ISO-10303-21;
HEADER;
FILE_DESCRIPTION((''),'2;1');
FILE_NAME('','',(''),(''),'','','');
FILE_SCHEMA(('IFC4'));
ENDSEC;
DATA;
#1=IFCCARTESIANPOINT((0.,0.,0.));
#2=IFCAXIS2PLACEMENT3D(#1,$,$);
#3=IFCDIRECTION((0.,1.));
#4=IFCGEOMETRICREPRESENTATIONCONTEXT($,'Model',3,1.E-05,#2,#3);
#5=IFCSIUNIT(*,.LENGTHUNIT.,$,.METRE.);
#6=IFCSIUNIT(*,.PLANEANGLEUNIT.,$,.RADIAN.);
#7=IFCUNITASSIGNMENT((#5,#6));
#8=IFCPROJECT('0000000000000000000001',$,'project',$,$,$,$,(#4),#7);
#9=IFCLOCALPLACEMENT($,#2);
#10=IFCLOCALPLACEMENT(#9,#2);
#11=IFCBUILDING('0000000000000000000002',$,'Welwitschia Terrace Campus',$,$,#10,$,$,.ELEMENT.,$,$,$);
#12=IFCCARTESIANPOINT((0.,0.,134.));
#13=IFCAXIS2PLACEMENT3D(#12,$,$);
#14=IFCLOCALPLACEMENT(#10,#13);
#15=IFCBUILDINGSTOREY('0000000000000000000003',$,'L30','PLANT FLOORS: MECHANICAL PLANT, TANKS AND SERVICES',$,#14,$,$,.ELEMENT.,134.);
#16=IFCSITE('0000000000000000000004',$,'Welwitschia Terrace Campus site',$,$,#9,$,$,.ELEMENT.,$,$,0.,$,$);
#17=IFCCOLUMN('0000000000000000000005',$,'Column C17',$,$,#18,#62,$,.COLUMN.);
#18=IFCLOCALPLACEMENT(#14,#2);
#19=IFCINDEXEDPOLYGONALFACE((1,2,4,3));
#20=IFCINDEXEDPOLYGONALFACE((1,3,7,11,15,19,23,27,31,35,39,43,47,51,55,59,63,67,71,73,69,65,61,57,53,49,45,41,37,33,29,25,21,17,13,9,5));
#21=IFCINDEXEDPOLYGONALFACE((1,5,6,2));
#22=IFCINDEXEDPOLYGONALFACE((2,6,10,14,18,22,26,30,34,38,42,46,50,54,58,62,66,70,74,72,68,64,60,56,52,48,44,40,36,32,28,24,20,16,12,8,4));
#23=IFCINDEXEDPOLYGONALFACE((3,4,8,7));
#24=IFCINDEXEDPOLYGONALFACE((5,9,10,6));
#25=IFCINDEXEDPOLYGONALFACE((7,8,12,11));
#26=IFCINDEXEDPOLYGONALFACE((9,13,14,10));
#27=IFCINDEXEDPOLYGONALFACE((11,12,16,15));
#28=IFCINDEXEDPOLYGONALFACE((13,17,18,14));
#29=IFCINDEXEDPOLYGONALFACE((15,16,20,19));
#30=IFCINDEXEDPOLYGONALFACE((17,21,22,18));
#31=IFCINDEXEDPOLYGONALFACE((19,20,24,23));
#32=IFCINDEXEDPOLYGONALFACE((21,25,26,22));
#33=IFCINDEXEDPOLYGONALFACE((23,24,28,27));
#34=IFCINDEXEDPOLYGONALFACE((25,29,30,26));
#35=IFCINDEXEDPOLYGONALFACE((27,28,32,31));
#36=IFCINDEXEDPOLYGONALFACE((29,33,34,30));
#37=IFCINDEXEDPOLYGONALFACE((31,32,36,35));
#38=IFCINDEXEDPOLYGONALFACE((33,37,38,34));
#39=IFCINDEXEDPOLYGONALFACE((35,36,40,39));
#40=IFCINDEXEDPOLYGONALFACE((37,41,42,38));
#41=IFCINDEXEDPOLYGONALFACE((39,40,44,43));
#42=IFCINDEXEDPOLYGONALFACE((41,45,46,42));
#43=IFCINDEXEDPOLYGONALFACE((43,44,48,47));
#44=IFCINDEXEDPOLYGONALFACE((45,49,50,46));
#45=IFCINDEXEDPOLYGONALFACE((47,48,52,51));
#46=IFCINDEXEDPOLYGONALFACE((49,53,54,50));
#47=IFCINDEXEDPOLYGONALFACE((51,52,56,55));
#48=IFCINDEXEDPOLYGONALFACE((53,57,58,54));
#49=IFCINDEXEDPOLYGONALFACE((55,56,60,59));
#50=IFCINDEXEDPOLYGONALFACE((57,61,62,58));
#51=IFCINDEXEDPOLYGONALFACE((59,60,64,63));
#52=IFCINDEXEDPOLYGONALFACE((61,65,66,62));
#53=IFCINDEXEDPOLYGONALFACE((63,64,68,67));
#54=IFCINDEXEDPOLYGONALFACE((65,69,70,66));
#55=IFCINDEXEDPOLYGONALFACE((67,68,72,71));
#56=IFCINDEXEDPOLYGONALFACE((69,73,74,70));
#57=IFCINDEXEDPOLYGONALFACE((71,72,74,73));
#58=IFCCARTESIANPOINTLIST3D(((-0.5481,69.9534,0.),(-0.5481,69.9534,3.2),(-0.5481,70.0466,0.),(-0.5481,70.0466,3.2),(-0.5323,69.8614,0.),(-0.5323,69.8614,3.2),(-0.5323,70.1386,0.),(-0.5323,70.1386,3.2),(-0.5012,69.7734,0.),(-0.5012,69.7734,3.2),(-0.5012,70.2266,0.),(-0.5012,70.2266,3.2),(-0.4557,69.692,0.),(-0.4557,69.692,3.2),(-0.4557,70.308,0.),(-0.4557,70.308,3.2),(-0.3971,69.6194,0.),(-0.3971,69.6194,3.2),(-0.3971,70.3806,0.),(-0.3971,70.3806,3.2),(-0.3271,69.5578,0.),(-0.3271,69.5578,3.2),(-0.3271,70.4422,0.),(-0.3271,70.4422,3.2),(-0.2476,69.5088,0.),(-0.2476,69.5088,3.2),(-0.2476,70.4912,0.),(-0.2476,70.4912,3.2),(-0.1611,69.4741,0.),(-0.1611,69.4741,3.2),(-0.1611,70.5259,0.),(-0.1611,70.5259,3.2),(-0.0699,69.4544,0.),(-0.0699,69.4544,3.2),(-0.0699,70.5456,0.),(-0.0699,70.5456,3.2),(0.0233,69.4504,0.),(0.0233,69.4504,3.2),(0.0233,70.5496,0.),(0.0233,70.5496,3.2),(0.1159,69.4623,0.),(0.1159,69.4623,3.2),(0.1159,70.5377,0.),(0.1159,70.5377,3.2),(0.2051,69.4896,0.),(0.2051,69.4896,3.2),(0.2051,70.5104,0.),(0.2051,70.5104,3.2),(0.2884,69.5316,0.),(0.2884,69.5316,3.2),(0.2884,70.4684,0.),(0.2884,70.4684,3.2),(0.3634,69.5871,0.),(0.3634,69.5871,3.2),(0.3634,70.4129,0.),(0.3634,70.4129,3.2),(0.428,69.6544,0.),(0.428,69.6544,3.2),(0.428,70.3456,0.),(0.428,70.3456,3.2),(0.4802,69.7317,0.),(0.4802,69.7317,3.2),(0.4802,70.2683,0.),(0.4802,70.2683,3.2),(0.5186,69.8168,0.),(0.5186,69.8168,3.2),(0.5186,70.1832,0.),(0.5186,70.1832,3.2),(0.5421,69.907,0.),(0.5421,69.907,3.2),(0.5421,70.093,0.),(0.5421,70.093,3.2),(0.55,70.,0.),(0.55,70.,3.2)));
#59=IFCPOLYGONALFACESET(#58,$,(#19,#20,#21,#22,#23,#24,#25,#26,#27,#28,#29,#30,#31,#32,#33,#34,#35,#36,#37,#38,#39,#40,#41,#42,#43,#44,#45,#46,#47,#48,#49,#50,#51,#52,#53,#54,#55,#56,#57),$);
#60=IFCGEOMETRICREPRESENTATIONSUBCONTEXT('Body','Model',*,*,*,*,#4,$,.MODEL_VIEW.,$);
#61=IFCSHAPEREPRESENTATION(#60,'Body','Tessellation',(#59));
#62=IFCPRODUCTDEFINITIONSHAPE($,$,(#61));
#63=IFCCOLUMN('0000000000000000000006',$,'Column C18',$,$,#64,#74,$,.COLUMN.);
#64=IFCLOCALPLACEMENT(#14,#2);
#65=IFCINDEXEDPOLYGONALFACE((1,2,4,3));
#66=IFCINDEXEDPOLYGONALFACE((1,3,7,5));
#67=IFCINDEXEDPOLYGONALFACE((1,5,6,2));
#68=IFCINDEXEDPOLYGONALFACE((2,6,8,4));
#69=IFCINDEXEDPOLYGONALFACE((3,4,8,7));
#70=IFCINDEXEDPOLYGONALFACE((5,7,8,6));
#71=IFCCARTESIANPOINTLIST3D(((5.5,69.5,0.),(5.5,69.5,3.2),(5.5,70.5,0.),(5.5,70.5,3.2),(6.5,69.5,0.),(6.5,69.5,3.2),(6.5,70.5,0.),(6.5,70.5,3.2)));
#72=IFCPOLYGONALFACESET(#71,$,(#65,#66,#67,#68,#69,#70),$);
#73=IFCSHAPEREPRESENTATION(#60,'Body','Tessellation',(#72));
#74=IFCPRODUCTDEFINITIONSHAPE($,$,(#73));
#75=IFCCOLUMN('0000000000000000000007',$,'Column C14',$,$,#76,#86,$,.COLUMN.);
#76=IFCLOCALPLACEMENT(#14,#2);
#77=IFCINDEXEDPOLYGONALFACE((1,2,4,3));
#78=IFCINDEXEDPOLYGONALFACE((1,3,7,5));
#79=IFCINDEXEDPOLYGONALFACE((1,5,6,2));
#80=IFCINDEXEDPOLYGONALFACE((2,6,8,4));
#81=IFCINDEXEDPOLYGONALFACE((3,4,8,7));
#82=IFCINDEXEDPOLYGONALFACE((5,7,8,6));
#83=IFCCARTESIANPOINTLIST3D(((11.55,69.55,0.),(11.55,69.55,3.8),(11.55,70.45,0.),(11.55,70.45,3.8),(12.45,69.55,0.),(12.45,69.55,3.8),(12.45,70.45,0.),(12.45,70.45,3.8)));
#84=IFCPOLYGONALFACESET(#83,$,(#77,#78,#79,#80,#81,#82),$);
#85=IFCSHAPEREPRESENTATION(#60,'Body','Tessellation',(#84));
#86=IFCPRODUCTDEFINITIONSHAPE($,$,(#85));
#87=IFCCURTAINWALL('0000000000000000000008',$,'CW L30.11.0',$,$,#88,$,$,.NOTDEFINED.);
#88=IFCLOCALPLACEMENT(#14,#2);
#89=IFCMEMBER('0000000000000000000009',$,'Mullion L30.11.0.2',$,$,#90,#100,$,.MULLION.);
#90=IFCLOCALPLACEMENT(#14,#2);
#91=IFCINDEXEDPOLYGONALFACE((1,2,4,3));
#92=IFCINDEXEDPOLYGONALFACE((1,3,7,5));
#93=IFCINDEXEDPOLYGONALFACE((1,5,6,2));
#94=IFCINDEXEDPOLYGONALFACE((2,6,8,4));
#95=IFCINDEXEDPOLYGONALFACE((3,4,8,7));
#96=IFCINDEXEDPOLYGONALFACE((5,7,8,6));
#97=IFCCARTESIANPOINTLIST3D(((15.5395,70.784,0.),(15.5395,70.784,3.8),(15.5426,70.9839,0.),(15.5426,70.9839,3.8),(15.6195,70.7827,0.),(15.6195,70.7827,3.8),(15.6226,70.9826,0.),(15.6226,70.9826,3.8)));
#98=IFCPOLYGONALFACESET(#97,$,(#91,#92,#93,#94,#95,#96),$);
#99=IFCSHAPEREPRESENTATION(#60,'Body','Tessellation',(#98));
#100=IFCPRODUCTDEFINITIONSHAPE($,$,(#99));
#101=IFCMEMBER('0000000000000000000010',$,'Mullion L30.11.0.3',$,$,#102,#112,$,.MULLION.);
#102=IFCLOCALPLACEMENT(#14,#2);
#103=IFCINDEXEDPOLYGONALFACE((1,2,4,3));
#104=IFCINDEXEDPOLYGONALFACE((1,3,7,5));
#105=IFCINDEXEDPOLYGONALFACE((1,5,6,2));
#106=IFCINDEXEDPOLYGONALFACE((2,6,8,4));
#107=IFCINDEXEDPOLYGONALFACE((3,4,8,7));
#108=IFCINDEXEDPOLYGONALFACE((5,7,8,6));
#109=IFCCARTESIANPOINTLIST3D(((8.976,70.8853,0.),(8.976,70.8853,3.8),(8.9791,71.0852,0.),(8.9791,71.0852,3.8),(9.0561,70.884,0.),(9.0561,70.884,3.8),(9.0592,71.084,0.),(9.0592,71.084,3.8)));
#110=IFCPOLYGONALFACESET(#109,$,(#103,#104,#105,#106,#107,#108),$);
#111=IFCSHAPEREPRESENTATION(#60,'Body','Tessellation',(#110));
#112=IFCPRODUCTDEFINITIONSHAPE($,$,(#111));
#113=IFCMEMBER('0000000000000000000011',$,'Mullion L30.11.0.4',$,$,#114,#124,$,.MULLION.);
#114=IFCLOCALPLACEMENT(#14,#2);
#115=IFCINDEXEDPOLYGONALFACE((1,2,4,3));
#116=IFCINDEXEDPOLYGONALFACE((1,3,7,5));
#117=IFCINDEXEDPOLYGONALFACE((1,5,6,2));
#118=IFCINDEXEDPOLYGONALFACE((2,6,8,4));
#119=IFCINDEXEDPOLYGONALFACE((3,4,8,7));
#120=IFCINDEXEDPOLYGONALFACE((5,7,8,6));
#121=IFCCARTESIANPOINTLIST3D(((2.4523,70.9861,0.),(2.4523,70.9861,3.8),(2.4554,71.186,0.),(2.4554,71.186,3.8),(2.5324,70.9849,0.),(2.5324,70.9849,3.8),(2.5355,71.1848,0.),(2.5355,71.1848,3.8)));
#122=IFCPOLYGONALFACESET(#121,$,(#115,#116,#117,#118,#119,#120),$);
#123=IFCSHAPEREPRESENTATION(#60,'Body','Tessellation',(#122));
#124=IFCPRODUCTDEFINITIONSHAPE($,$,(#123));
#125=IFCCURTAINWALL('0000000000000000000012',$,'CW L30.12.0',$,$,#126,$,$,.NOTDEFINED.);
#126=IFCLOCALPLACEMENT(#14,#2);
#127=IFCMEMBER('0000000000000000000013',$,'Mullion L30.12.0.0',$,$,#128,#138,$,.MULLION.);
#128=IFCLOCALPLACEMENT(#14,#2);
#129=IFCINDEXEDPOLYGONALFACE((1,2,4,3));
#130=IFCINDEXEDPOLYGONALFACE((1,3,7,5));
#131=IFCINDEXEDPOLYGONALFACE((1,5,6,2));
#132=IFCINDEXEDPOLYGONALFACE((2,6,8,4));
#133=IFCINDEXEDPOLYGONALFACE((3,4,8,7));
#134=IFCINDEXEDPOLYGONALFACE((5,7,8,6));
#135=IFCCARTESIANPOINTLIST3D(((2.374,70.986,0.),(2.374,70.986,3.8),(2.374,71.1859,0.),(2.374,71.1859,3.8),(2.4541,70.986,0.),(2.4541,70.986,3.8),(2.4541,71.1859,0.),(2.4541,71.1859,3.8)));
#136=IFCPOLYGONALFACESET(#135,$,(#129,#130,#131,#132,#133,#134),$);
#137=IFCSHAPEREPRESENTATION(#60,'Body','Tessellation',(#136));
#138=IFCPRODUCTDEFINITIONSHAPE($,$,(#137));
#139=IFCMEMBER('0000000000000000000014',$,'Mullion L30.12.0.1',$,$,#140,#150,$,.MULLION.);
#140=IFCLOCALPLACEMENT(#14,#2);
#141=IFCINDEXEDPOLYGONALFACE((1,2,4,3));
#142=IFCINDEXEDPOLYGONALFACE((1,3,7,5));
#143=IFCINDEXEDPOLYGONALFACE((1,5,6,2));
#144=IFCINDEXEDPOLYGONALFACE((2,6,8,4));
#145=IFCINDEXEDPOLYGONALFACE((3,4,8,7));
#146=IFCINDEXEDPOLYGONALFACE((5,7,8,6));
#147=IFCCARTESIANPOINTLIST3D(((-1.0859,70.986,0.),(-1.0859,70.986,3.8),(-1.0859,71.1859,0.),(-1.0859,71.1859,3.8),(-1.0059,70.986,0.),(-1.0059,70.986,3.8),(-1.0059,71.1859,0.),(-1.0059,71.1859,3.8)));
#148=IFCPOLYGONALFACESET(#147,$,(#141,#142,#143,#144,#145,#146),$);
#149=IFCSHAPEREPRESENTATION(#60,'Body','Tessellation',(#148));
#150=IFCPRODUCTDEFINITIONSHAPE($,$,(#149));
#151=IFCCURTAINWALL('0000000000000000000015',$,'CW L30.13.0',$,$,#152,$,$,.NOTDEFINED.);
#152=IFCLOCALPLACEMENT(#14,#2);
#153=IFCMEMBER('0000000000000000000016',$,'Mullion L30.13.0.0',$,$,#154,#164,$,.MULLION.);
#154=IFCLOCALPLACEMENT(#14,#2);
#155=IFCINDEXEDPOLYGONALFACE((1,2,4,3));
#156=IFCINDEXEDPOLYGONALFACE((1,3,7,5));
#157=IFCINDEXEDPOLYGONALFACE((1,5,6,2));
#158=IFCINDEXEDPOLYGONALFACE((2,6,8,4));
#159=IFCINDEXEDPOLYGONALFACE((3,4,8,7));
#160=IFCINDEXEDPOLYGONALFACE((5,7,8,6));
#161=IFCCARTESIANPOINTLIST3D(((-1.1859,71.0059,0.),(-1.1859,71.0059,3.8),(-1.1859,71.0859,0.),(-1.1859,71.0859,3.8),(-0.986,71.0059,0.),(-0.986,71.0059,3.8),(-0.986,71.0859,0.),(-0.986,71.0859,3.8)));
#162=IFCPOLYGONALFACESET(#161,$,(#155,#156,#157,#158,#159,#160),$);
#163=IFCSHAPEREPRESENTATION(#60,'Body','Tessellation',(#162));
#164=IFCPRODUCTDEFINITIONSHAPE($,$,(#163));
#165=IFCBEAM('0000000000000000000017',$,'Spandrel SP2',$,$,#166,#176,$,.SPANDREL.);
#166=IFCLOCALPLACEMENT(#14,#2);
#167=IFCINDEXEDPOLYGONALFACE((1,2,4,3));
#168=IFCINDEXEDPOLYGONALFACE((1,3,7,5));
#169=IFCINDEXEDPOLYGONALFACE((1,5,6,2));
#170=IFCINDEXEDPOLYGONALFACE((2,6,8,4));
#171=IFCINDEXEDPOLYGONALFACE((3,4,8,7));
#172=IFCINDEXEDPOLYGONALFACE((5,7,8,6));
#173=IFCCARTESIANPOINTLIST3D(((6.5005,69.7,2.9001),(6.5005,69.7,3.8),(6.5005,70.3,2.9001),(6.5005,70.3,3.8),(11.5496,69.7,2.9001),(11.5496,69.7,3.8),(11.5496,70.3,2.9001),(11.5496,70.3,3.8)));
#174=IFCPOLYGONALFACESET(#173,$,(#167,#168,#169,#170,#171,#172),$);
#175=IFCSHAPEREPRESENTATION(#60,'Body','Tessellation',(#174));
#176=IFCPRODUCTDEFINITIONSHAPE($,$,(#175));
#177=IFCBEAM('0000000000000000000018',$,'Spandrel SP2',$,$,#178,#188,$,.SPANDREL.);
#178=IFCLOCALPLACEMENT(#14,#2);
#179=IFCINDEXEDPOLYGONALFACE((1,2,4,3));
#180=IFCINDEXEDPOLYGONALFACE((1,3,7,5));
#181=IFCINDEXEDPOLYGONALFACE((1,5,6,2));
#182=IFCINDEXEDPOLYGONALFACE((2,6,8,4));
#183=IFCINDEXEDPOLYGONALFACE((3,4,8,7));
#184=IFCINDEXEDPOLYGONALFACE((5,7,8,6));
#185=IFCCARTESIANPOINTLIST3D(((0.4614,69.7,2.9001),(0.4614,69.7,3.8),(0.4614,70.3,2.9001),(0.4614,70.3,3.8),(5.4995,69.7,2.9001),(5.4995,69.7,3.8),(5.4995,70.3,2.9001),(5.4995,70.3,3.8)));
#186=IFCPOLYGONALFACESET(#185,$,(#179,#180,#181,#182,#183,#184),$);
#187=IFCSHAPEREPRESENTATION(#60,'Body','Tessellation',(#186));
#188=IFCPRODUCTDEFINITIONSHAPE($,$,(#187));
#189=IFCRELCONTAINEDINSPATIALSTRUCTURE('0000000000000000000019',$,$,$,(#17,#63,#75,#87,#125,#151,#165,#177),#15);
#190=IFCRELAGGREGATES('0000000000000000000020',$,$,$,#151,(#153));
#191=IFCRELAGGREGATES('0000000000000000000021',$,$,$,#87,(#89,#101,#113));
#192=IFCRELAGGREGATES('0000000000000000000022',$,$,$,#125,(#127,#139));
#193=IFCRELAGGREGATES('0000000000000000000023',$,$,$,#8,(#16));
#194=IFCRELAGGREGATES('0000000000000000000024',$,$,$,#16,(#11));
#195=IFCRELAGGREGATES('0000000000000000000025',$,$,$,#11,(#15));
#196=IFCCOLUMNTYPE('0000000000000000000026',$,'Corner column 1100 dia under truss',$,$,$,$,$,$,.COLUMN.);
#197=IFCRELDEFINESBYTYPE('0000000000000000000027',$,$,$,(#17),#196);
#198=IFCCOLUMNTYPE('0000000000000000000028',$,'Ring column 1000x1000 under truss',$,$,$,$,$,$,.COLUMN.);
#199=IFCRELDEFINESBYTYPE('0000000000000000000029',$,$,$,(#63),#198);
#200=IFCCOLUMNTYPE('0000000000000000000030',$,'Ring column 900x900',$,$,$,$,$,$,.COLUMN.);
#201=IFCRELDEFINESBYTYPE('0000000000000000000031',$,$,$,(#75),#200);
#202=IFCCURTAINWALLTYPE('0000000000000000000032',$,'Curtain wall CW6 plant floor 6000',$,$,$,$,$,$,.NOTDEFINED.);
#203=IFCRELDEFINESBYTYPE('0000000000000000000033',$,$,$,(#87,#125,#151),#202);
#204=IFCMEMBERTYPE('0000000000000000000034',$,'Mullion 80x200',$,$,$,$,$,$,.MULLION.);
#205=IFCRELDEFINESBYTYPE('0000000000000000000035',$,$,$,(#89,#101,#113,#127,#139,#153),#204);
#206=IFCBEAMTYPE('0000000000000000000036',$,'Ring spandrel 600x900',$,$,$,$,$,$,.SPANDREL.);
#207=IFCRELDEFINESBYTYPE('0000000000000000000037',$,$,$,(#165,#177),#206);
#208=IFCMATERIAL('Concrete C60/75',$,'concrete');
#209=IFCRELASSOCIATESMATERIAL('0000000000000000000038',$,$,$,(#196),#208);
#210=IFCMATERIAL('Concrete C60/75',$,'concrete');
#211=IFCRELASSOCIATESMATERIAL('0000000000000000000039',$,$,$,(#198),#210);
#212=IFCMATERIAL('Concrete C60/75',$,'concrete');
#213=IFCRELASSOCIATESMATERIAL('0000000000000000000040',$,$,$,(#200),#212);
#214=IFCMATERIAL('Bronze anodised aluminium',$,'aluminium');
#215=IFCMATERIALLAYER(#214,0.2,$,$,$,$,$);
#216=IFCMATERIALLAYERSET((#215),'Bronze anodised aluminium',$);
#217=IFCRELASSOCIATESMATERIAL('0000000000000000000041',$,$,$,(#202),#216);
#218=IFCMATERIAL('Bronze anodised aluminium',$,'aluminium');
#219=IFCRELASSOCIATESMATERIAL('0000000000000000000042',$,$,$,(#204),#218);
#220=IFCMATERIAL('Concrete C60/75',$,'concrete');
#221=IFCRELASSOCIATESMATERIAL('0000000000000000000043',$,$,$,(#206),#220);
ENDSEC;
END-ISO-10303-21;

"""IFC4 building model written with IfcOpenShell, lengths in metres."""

from ifc_helpers import new_model, si_unit, direction, frame, origin, origin_2d, place, context, subcontext, project, spatial, rectangle, circle, extrude, material, layer, layer_set, material_profile, profile_set, type_object, element, aggregate, save


model = new_model("IFC4")

# Units and contexts
model_context = context("Model", 3, precision=1e-05, world=origin(), true_north=direction((0.0, 1.0)))
body_context = subcontext(model_context, "Body", "Model", "MODEL_VIEW")
ifc_project = project(units=[si_unit("LENGTHUNIT", "METRE"), si_unit("PLANEANGLEUNIT", "RADIAN")], contexts=[model_context])

# Site, building, storey
site_placement = place(None, origin())
site = spatial("IfcSite", under=ifc_project, at=site_placement, Name="Welwitschia Terrace Campus site", CompositionType="ELEMENT", RefElevation=0.0)
building_placement = place(site_placement, origin())
building = spatial("IfcBuilding", under=site, at=building_placement, Name="Welwitschia Terrace Campus", CompositionType="ELEMENT")
storey_placement = place(building_placement, frame((0.0, 0.0, 134.0)))
storey = spatial("IfcBuildingStorey", under=building, at=storey_placement, Name="L30", Description="PLANT FLOORS: MECHANICAL PLANT, TANKS AND SERVICES", CompositionType="ELEMENT", Elevation=134.0)

# Columns
ifc_material_1 = material(Name="Concrete C60/75", Category="concrete")
ifc_material_profile_1 = material_profile(ifc_material_1, circle(Radius=0.55, at=origin_2d()))
ifc_profile_set_1 = profile_set([ifc_material_profile_1], Name="Concrete C60/75")
column_type_1 = type_object("IfcColumnType", Name="Corner column 1100 dia under truss", PredefinedType="COLUMN", material=ifc_profile_set_1)
column_1_placement = place(storey_placement, frame((0.0, 70.0, 0.0), z_axis=(0.0, 0.0, 1.0), x_axis=(1.0, 0.0, 0.0)))
element("IfcColumn", 1, at=column_1_placement, inside=storey, type_object=column_type_1, Name="Column C17", PredefinedType="COLUMN", context=body_context, shape_type="SweptSolid", body=[
    extrude(circle(Radius=0.55, at=origin_2d()), origin(), (0.0, 0.0, 1.0), 3.2),
])
ifc_material_2 = material(Name="Concrete C60/75", Category="concrete")
ifc_material_profile_2 = material_profile(ifc_material_2, rectangle(XDim=1.0, YDim=1.0, at=origin_2d()))
ifc_profile_set_2 = profile_set([ifc_material_profile_2], Name="Concrete C60/75")
column_type_2 = type_object("IfcColumnType", Name="Ring column 1000x1000 under truss", PredefinedType="COLUMN", material=ifc_profile_set_2)
column_2_placement = place(storey_placement, frame((6.0, 70.0, 0.0), z_axis=(0.0, 0.0, 1.0), x_axis=(1.0, 0.0, 0.0)))
element("IfcColumn", 2, at=column_2_placement, inside=storey, type_object=column_type_2, Name="Column C18", PredefinedType="COLUMN", context=body_context, shape_type="SweptSolid", body=[
    extrude(rectangle(XDim=1.0, YDim=1.0, at=origin_2d()), origin(), (0.0, 0.0, 1.0), 3.2),
])
ifc_material_3 = material(Name="Concrete C60/75", Category="concrete")
ifc_material_profile_3 = material_profile(ifc_material_3, rectangle(XDim=0.8999, YDim=0.8999, at=origin_2d()))
ifc_profile_set_3 = profile_set([ifc_material_profile_3], Name="Concrete C60/75")
column_type_3 = type_object("IfcColumnType", Name="Ring column 900x900", PredefinedType="COLUMN", material=ifc_profile_set_3)
column_3_placement = place(storey_placement, frame((12.0, 70.0, 0.0), z_axis=(0.0, 0.0, 1.0), x_axis=(1.0, 0.0, 0.0)))
element("IfcColumn", 3, at=column_3_placement, inside=storey, type_object=column_type_3, Name="Column C14", PredefinedType="COLUMN", context=body_context, shape_type="SweptSolid", body=[
    extrude(rectangle(XDim=0.8999, YDim=0.8999, at=origin_2d()), origin(), (0.0, 0.0, 1.0), 3.8),
])

# Curtain walls, members
ifc_material_4 = material(Name="Bronze anodised aluminium", Category="aluminium")
ifc_layer_1 = layer(ifc_material_4, 0.2)
ifc_layer_set_1 = layer_set([ifc_layer_1], Name="Bronze anodised aluminium")
curtain_wall_type = type_object("IfcCurtainWallType", Name="Curtain wall CW6 plant floor 6000", PredefinedType="NOTDEFINED", material=ifc_layer_set_1)
curtain_wall_1_placement = place(storey_placement, origin())
curtain_wall_1 = element("IfcCurtainWall", 4, at=curtain_wall_1_placement, inside=storey, type_object=curtain_wall_type, Name="CW L30.11.0", PredefinedType="NOTDEFINED")
ifc_material_5 = material(Name="Bronze anodised aluminium", Category="aluminium")
ifc_material_profile_4 = material_profile(ifc_material_5, rectangle(XDim=0.2, YDim=0.0801, at=origin_2d()))
ifc_profile_set_4 = profile_set([ifc_material_profile_4], Name="Bronze anodised aluminium")
member_type_1 = type_object("IfcMemberType", Name="Mullion 80x200", PredefinedType="MULLION", material=ifc_profile_set_4)
member_1_placement = place(storey_placement, frame((15.5811, 70.8833, 0.0), z_axis=(0.0, 0.0, 1.0), x_axis=(-0.015433, -0.999881, 0.0)))
member_1 = element("IfcMember", 5, at=member_1_placement, type_object=member_type_1, Name="Mullion L30.11.0.2", PredefinedType="MULLION", context=body_context, shape_type="SweptSolid", body=[
    extrude(rectangle(XDim=0.2, YDim=0.0801, at=origin_2d()), origin(), (0.0, 0.0, 1.0), 3.8),
])
member_2_placement = place(storey_placement, frame((9.0176, 70.9846, 0.0), z_axis=(0.0, 0.0, 1.0), x_axis=(-0.015433, -0.999881, 0.0)))
member_2 = element("IfcMember", 6, at=member_2_placement, type_object=member_type_1, Name="Mullion L30.11.0.3", PredefinedType="MULLION", context=body_context, shape_type="SweptSolid", body=[
    extrude(rectangle(XDim=0.2, YDim=0.0801, at=origin_2d()), origin(), (0.0, 0.0, 1.0), 3.8),
])
member_3_placement = place(storey_placement, frame((2.4939, 71.0854, 0.0), z_axis=(0.0, 0.0, 1.0), x_axis=(-0.015433, -0.999881, 0.0)))
member_3 = element("IfcMember", 7, at=member_3_placement, type_object=member_type_1, Name="Mullion L30.11.0.4", PredefinedType="MULLION", context=body_context, shape_type="SweptSolid", body=[
    extrude(rectangle(XDim=0.2, YDim=0.0801, at=origin_2d()), origin(), (0.0, 0.0, 1.0), 3.8),
])
curtain_wall_2_placement = place(storey_placement, origin())
curtain_wall_2 = element("IfcCurtainWall", 8, at=curtain_wall_2_placement, inside=storey, type_object=curtain_wall_type, Name="CW L30.12.0", PredefinedType="NOTDEFINED")
member_4_placement = place(storey_placement, frame((2.4141, 71.0859, 0.0), z_axis=(0.0, 0.0, 1.0), x_axis=(0.0, -1.0, 0.0)))
member_4 = element("IfcMember", 9, at=member_4_placement, type_object=member_type_1, Name="Mullion L30.12.0.0", PredefinedType="MULLION", context=body_context, shape_type="SweptSolid", body=[
    extrude(rectangle(XDim=0.2, YDim=0.0801, at=origin_2d()), origin(), (0.0, 0.0, 1.0), 3.8),
])
member_5_placement = place(storey_placement, frame((-1.0459, 71.0859, 0.0), z_axis=(0.0, 0.0, 1.0), x_axis=(0.0, -1.0, 0.0)))
member_5 = element("IfcMember", 10, at=member_5_placement, type_object=member_type_1, Name="Mullion L30.12.0.1", PredefinedType="MULLION", context=body_context, shape_type="SweptSolid", body=[
    extrude(rectangle(XDim=0.2, YDim=0.0801, at=origin_2d()), origin(), (0.0, 0.0, 1.0), 3.8),
])

# Curtain wall, member
curtain_wall_3_placement = place(storey_placement, origin())
curtain_wall_3 = element("IfcCurtainWall", 11, at=curtain_wall_3_placement, inside=storey, type_object=curtain_wall_type, Name="CW L30.13.0", PredefinedType="NOTDEFINED")
member_6_placement = place(storey_placement, frame((-1.0859, 71.0459, 0.0), z_axis=(0.0, 0.0, 1.0), x_axis=(1.0, 0.0, 0.0)))
member_6 = element("IfcMember", 12, at=member_6_placement, type_object=member_type_1, Name="Mullion L30.13.0.0", PredefinedType="MULLION", context=body_context, shape_type="SweptSolid", body=[
    extrude(rectangle(XDim=0.2, YDim=0.0801, at=origin_2d()), origin(), (0.0, 0.0, 1.0), 3.8),
])

# Beams
ifc_material_6 = material(Name="Concrete C60/75", Category="concrete")
ifc_material_profile_5 = material_profile(ifc_material_6, rectangle(XDim=0.6001, YDim=0.8999, at=origin_2d()))
ifc_profile_set_5 = profile_set([ifc_material_profile_5], Name="Concrete C60/75")
beam_type = type_object("IfcBeamType", Name="Ring spandrel 600x900", PredefinedType="SPANDREL", material=ifc_profile_set_5)
beam_1_placement = place(storey_placement, frame((11.5496, 70.0, 3.3501), z_axis=(-1.0, 0.0, 0.0), x_axis=(0.0, -1.0, 0.0)))
element("IfcBeam", 13, at=beam_1_placement, inside=storey, type_object=beam_type, Name="Spandrel SP2", PredefinedType="SPANDREL", context=body_context, shape_type="SweptSolid", body=[
    extrude(rectangle(XDim=0.6001, YDim=0.8999, at=origin_2d()), origin(), (0.0, 0.0, 1.0), 5.0491),
])
beam_2_placement = place(storey_placement, frame((5.4995, 70.0, 3.3501), z_axis=(-1.0, 0.0, 0.0), x_axis=(0.0, -1.0, 0.0)))
element("IfcBeam", 14, at=beam_2_placement, inside=storey, type_object=beam_type, Name="Spandrel SP2", PredefinedType="SPANDREL", context=body_context, shape_type="SweptSolid", body=[
    extrude(rectangle(XDim=0.6001, YDim=0.8999, at=origin_2d()), origin(), (0.0, 0.0, 1.0), 5.0381),
])

aggregate(curtain_wall_3, [member_6])

aggregate(curtain_wall_1, [member_1, member_2, member_3])
aggregate(curtain_wall_2, [member_4, member_5])

save(model, "model.ifc")
